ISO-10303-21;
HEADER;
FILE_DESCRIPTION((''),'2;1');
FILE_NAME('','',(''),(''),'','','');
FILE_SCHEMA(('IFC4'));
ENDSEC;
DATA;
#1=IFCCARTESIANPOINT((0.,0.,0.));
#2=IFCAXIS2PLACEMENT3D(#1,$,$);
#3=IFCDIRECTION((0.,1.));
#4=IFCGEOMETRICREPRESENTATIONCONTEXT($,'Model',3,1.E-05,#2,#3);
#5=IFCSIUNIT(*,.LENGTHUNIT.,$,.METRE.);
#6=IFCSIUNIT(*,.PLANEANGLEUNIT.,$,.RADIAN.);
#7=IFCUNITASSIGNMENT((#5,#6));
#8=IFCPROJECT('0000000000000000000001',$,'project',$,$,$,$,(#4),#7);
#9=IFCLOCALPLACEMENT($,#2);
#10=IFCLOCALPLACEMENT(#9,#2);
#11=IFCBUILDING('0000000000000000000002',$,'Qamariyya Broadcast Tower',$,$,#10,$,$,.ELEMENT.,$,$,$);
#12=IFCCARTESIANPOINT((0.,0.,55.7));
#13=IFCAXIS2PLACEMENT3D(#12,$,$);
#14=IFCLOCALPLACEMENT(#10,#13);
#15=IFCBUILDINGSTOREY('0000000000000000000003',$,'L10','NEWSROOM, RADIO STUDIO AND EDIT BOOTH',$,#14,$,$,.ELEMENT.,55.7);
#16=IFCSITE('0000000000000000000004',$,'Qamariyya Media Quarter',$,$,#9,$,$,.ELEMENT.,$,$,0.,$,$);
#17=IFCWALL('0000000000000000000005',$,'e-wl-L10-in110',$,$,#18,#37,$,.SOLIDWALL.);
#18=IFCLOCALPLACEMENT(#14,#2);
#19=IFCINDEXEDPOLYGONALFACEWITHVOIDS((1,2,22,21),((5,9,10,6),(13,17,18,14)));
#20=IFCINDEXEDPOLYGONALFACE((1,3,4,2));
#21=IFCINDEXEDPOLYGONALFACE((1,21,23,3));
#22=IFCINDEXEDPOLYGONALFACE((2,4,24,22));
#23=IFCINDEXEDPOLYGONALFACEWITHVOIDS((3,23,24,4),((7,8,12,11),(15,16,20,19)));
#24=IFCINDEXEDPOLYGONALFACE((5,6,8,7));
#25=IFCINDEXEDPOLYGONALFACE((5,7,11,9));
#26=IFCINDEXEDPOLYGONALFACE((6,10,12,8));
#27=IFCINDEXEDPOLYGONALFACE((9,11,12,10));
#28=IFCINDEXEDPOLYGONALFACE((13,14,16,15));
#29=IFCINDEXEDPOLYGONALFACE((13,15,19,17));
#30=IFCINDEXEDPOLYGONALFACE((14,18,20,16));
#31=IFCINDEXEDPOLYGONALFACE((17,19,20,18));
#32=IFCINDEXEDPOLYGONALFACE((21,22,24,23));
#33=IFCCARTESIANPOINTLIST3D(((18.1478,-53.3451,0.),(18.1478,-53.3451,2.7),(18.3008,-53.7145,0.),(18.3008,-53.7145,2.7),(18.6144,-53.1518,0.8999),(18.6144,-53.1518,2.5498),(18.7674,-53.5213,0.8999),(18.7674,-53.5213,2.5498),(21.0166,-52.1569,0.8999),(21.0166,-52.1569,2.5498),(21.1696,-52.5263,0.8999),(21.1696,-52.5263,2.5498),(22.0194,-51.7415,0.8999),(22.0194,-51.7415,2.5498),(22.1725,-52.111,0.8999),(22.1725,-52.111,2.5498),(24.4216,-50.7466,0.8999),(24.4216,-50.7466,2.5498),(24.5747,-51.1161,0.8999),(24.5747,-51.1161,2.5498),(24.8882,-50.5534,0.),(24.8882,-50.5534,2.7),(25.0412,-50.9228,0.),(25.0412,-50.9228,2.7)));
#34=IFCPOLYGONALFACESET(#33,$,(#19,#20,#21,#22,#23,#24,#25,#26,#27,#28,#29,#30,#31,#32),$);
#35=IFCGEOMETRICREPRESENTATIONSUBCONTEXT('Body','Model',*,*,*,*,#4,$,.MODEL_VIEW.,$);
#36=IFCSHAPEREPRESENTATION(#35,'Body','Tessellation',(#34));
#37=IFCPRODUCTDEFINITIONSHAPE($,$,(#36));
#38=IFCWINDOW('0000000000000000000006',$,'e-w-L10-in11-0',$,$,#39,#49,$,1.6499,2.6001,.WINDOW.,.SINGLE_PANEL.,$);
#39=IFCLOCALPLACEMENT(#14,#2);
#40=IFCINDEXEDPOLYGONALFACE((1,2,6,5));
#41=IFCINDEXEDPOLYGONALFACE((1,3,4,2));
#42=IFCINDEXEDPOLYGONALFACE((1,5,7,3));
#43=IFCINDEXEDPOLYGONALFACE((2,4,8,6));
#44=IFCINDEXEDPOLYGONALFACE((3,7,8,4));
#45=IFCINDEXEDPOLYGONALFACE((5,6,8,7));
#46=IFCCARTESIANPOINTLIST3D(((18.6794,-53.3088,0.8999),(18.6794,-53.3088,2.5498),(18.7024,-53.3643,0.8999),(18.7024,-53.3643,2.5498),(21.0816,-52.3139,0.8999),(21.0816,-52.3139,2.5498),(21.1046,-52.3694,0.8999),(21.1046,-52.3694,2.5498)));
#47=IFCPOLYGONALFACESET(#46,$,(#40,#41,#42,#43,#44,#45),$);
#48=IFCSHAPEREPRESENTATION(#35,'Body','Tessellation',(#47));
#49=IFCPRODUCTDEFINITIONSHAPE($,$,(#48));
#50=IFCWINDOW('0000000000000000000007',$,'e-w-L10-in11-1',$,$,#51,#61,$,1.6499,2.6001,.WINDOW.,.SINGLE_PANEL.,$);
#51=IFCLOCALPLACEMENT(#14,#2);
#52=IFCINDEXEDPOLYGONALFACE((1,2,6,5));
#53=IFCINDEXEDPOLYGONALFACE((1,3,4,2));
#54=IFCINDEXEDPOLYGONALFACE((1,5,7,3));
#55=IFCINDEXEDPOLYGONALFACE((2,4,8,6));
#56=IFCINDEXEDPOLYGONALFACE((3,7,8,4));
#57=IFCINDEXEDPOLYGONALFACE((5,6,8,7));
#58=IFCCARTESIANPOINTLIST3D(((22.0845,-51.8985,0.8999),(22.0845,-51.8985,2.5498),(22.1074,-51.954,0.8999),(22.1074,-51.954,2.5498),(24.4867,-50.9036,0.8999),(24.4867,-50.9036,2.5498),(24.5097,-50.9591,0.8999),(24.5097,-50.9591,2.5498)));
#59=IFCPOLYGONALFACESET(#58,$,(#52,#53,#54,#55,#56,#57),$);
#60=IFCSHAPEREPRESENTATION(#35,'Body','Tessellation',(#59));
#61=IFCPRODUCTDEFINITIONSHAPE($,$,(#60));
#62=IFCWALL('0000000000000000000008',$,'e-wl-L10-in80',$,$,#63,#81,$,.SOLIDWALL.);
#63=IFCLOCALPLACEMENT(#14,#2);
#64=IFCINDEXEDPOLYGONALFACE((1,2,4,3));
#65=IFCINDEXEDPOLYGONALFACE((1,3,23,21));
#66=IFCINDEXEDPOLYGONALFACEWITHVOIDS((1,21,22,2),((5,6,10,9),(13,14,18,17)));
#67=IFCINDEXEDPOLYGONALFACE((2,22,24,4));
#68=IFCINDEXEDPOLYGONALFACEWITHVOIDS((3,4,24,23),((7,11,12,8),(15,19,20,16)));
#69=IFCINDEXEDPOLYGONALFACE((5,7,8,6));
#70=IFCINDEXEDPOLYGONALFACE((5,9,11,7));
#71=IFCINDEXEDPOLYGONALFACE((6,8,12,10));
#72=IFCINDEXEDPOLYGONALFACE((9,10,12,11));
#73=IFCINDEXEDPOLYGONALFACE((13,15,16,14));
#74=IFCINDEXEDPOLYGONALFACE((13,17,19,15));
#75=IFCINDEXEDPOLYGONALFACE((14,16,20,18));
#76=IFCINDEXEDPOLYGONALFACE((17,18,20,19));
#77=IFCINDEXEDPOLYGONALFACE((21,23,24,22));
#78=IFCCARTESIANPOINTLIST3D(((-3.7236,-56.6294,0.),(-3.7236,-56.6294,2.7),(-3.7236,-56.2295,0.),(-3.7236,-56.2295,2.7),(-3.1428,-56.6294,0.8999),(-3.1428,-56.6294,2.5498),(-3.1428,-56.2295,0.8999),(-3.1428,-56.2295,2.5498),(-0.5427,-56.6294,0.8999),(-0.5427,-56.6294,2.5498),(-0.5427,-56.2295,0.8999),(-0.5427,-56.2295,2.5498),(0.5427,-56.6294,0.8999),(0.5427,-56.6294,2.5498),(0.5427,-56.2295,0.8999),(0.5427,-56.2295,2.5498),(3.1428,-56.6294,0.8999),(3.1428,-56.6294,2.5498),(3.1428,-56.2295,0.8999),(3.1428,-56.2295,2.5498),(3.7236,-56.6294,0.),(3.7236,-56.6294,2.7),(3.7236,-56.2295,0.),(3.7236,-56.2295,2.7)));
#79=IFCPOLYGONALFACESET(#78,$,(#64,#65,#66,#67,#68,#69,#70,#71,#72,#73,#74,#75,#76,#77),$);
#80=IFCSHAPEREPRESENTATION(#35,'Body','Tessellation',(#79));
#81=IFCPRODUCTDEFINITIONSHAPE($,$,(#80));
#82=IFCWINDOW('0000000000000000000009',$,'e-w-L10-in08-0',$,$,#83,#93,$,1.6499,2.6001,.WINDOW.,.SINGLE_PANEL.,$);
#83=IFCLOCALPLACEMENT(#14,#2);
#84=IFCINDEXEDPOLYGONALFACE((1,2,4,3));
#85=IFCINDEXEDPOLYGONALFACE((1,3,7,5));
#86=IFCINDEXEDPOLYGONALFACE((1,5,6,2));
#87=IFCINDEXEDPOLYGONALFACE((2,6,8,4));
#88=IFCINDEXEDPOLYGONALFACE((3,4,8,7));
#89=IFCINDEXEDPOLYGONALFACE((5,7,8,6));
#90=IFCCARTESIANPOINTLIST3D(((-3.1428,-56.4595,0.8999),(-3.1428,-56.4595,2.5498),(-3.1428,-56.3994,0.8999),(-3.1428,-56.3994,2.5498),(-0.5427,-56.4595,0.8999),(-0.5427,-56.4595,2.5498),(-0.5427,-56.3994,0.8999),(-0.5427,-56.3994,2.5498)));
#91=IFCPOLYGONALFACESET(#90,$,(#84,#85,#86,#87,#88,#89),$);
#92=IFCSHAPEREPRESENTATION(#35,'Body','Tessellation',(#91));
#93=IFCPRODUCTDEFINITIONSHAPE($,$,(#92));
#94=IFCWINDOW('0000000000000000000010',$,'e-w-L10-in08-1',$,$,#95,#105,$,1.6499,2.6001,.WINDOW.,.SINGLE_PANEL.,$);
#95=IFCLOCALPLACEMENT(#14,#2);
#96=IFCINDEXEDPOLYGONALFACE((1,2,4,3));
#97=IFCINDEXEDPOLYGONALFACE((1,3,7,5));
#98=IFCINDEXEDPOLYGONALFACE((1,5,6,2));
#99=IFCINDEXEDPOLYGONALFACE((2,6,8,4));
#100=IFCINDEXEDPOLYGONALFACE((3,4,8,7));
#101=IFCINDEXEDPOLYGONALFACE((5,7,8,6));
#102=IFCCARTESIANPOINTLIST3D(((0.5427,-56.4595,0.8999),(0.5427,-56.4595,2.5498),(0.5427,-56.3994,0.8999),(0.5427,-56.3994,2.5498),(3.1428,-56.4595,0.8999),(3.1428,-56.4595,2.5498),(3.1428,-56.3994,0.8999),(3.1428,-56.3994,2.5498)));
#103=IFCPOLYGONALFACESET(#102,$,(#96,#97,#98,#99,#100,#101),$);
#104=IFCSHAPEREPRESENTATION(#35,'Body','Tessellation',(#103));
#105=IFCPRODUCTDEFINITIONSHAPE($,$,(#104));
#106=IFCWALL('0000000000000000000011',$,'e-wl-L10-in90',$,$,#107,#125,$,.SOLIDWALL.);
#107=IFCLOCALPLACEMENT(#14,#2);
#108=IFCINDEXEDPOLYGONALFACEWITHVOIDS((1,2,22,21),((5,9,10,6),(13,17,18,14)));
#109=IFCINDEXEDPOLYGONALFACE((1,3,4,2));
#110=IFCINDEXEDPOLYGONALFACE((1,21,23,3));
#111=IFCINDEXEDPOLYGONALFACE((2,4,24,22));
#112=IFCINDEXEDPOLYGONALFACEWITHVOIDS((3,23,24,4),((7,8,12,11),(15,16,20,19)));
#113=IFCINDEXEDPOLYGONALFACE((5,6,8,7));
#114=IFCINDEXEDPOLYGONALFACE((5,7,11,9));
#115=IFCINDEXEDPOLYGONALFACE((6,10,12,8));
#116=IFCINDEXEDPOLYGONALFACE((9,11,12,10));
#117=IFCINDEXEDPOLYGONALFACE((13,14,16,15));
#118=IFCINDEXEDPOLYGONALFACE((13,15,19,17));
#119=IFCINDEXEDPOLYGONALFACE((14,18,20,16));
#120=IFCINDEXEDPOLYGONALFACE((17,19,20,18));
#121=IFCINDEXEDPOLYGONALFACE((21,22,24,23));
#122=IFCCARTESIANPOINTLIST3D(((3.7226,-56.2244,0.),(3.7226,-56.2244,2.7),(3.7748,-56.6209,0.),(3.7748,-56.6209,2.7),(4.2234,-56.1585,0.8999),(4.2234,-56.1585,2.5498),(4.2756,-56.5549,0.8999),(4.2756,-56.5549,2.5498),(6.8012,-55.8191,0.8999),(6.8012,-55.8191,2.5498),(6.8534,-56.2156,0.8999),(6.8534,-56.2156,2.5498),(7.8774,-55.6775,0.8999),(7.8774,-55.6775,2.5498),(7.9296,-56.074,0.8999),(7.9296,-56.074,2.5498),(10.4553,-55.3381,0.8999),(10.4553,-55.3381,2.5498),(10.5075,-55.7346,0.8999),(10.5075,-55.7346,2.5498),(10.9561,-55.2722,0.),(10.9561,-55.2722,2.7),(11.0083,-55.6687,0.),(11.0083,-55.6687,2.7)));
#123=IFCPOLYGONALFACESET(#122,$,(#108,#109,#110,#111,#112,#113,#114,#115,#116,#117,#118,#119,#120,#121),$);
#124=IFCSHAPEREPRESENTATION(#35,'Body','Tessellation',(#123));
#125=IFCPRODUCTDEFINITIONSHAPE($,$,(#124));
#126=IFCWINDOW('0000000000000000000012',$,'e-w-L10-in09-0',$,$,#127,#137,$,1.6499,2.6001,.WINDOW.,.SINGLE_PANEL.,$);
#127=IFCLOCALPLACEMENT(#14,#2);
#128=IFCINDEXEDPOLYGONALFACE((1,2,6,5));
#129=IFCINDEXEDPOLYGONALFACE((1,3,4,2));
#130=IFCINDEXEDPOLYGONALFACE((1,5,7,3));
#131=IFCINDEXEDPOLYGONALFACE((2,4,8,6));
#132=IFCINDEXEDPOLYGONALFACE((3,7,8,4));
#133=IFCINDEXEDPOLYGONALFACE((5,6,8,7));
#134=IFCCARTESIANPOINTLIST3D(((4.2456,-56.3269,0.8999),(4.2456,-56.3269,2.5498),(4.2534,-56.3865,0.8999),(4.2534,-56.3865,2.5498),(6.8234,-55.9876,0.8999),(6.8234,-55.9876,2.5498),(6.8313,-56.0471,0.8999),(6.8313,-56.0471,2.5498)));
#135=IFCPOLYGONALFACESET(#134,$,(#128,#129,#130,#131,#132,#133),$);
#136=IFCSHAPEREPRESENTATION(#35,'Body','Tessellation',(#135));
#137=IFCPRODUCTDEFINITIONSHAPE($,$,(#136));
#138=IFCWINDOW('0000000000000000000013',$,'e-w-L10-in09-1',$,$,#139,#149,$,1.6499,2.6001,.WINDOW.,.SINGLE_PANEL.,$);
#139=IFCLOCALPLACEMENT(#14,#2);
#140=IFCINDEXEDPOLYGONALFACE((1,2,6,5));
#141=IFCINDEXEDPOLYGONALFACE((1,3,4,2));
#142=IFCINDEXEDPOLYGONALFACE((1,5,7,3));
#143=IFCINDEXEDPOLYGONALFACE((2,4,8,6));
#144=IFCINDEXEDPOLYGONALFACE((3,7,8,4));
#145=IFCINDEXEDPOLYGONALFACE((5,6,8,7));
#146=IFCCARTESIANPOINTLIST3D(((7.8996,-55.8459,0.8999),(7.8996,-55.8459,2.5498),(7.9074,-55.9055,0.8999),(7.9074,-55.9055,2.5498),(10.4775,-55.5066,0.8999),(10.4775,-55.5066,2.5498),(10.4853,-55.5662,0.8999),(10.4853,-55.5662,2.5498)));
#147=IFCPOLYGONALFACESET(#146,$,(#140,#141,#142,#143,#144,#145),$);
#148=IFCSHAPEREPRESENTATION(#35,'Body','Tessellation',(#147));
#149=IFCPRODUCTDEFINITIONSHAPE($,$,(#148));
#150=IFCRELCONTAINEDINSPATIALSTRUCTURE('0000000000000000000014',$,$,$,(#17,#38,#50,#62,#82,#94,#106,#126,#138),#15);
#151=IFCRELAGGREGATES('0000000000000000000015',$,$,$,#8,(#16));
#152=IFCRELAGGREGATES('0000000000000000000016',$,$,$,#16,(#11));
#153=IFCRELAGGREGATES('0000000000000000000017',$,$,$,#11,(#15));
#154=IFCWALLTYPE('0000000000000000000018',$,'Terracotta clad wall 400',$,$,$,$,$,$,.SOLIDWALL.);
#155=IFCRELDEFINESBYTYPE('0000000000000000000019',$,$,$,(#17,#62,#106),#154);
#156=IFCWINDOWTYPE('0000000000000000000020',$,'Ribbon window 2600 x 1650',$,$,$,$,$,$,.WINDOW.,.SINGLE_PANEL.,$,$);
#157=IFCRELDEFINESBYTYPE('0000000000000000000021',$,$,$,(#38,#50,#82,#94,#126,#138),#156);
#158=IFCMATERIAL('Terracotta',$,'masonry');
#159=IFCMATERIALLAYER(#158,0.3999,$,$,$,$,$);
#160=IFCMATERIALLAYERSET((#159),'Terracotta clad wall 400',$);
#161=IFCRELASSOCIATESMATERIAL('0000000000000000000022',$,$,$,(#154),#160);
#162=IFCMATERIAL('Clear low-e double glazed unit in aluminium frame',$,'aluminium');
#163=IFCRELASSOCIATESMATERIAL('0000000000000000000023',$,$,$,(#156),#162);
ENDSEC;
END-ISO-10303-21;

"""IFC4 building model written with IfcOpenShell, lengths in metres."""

from ifc_helpers import new_model, si_unit, direction, frame, frame_2d, origin, place, context, subcontext, project, spatial, rectangle, extrude, material, layer, layer_set, type_object, element, fill, save


model = new_model("IFC4")

# Units and contexts
model_context = context("Model", 3, precision=1e-05, world=origin(), true_north=direction((0.0, 1.0)))
body_context = subcontext(model_context, "Body", "Model", "MODEL_VIEW")
ifc_project = project(units=[si_unit("LENGTHUNIT", "METRE"), si_unit("PLANEANGLEUNIT", "RADIAN")], contexts=[model_context])

# Site, building, storey
site_placement = place(None, origin())
site = spatial("IfcSite", under=ifc_project, at=site_placement, Name="Qamariyya Media Quarter", CompositionType="ELEMENT", RefElevation=0.0)
building_placement = place(site_placement, origin())
building = spatial("IfcBuilding", under=site, at=building_placement, Name="Qamariyya Broadcast Tower", CompositionType="ELEMENT")
storey_placement = place(building_placement, frame((0.0, 0.0, 55.7)))
storey = spatial("IfcBuildingStorey", under=building, at=storey_placement, Name="L10", Description="NEWSROOM, RADIO STUDIO AND EDIT BOOTH", CompositionType="ELEMENT", Elevation=55.7)

# Walls, openings, windows
ifc_material_1 = material(Name="Terracotta", Category="masonry")
ifc_layer_1 = layer(ifc_material_1, 0.3999)
ifc_layer_set_1 = layer_set([ifc_layer_1], Name="Terracotta clad wall 400")
wall_type_1 = type_object("IfcWallType", Name="Terracotta clad wall 400", PredefinedType="SOLIDWALL", material=ifc_layer_set_1)
ifc_material_2 = material(Name="Clear low-e double glazed unit in aluminium frame", Category="aluminium")
window_type = type_object("IfcWindowType", Name="Ribbon window 2600 x 1650", PartitioningType="SINGLE_PANEL", PredefinedType="WINDOW", material=ifc_material_2)
wall_1_placement = place(storey_placement, frame((24.9648, -50.738, 0.0), z_axis=(0.0, 0.0, 1.0), x_axis=(-0.923892, -0.382654, 0.0)))
wall_1 = element("IfcWall", 1, at=wall_1_placement, inside=storey, type_object=wall_type_1, Name="e-wl-L10-in110", PredefinedType="SOLIDWALL", context=body_context, shape_type="SweptSolid", body=[
    extrude(rectangle(XDim=7.2957, YDim=0.3999, at=frame_2d((3.6479, 0.0))), origin(), (0.0, 0.0, 1.0), 2.7),
])
opening_1_placement = place(wall_1_placement, frame((4.1907, 0.0, 0.8999)))
opening_1 = element("IfcOpeningElement", 2, at=opening_1_placement, cuts=wall_1, PredefinedType="OPENING", context=body_context, shape_type="SweptSolid", body=[
    extrude(rectangle(XDim=2.6001, YDim=1.6499, at=frame_2d((1.3, 0.825))), frame((0.0, 0.21, 0.0), z_axis=(0.0, -1.0, 0.0), x_axis=(1.0, 0.0, 0.0)), (0.0, 0.0, 1.0), 0.4199),
])
opening_2_placement = place(wall_1_placement, frame((0.5051, 0.0, 0.8999)))
opening_2 = element("IfcOpeningElement", 3, at=opening_2_placement, cuts=wall_1, PredefinedType="OPENING", context=body_context, shape_type="SweptSolid", body=[
    extrude(rectangle(XDim=2.6001, YDim=1.6499, at=frame_2d((1.3, 0.825))), frame((0.0, 0.21, 0.0), z_axis=(0.0, -1.0, 0.0), x_axis=(1.0, 0.0, 0.0)), (0.0, 0.0, 1.0), 0.4199),
])
window_1_placement = place(opening_1_placement, origin())
window_1 = element("IfcWindow", 4, at=window_1_placement, inside=storey, type_object=window_type, Name="e-w-L10-in11-0", OverallHeight=1.6499, OverallWidth=2.6001, PartitioningType="SINGLE_PANEL", PredefinedType="WINDOW", context=body_context, shape_type="SweptSolid", body=[
    extrude(rectangle(XDim=2.6001, YDim=1.6499, at=frame_2d((1.3, 0.825))), frame((0.0, 0.03, 0.0), z_axis=(0.0, -1.0, 0.0), x_axis=(1.0, 0.0, 0.0)), (0.0, 0.0, 1.0), 0.0601),
])
fill(opening_1, window_1)
window_2_placement = place(opening_2_placement, origin())
window_2 = element("IfcWindow", 5, at=window_2_placement, inside=storey, type_object=window_type, Name="e-w-L10-in11-1", OverallHeight=1.6499, OverallWidth=2.6001, PartitioningType="SINGLE_PANEL", PredefinedType="WINDOW", context=body_context, shape_type="SweptSolid", body=[
    extrude(rectangle(XDim=2.6001, YDim=1.6499, at=frame_2d((1.3, 0.825))), frame((0.0, 0.03, 0.0), z_axis=(0.0, -1.0, 0.0), x_axis=(1.0, 0.0, 0.0)), (0.0, 0.0, 1.0), 0.0601),
])
fill(opening_2, window_2)
wall_2_placement = place(storey_placement, frame((3.7236, -56.4294, 0.0), z_axis=(0.0, 0.0, 1.0), x_axis=(-1.0, 0.0, 0.0)))
wall_2 = element("IfcWall", 6, at=wall_2_placement, inside=storey, type_object=wall_type_1, Name="e-wl-L10-in80", PredefinedType="SOLIDWALL", context=body_context, shape_type="SweptSolid", body=[
    extrude(rectangle(XDim=7.4473, YDim=0.3999, at=frame_2d((3.7236, 0.0))), origin(), (0.0, 0.0, 1.0), 2.7),
])
opening_3_placement = place(wall_2_placement, frame((4.2664, 0.0, 0.8999)))
opening_3 = element("IfcOpeningElement", 7, at=opening_3_placement, cuts=wall_2, PredefinedType="OPENING", context=body_context, shape_type="SweptSolid", body=[
    extrude(rectangle(XDim=2.6001, YDim=1.6499, at=frame_2d((1.3, 0.825))), frame((0.0, 0.21, 0.0), z_axis=(0.0, -1.0, 0.0), x_axis=(1.0, 0.0, 0.0)), (0.0, 0.0, 1.0), 0.4199),
])
opening_4_placement = place(wall_2_placement, frame((0.5808, 0.0, 0.8999)))
opening_4 = element("IfcOpeningElement", 8, at=opening_4_placement, cuts=wall_2, PredefinedType="OPENING", context=body_context, shape_type="SweptSolid", body=[
    extrude(rectangle(XDim=2.6001, YDim=1.6499, at=frame_2d((1.3, 0.825))), frame((0.0, 0.21, 0.0), z_axis=(0.0, -1.0, 0.0), x_axis=(1.0, 0.0, 0.0)), (0.0, 0.0, 1.0), 0.4199),
])
window_3_placement = place(opening_3_placement, origin())
window_3 = element("IfcWindow", 9, at=window_3_placement, inside=storey, type_object=window_type, Name="e-w-L10-in08-0", OverallHeight=1.6499, OverallWidth=2.6001, PartitioningType="SINGLE_PANEL", PredefinedType="WINDOW", context=body_context, shape_type="SweptSolid", body=[
    extrude(rectangle(XDim=2.6001, YDim=1.6499, at=frame_2d((1.3, 0.825))), frame((0.0, 0.03, 0.0), z_axis=(0.0, -1.0, 0.0), x_axis=(1.0, 0.0, 0.0)), (0.0, 0.0, 1.0), 0.0601),
])
fill(opening_3, window_3)
window_4_placement = place(opening_4_placement, origin())
window_4 = element("IfcWindow", 10, at=window_4_placement, inside=storey, type_object=window_type, Name="e-w-L10-in08-1", OverallHeight=1.6499, OverallWidth=2.6001, PartitioningType="SINGLE_PANEL", PredefinedType="WINDOW", context=body_context, shape_type="SweptSolid", body=[
    extrude(rectangle(XDim=2.6001, YDim=1.6499, at=frame_2d((1.3, 0.825))), frame((0.0, 0.03, 0.0), z_axis=(0.0, -1.0, 0.0), x_axis=(1.0, 0.0, 0.0)), (0.0, 0.0, 1.0), 0.0601),
])
fill(opening_4, window_4)
wall_3_placement = place(storey_placement, frame((10.9822, -55.4705, 0.0), z_axis=(0.0, 0.0, 1.0), x_axis=(-0.991447, -0.130506, 0.0)))
wall_3 = element("IfcWall", 11, at=wall_3_placement, inside=storey, type_object=wall_type_1, Name="e-wl-L10-in90", PredefinedType="SOLIDWALL", context=body_context, shape_type="SweptSolid", body=[
    extrude(rectangle(XDim=7.2959, YDim=0.3999, at=frame_2d((3.6479, 0.0))), origin(), (0.0, 0.0, 1.0), 2.7),
])
opening_5_placement = place(wall_3_placement, frame((4.1907, 0.0, 0.8999)))
opening_5 = element("IfcOpeningElement", 12, at=opening_5_placement, cuts=wall_3, PredefinedType="OPENING", context=body_context, shape_type="SweptSolid", body=[
    extrude(rectangle(XDim=2.6001, YDim=1.6499, at=frame_2d((1.3, 0.825))), frame((0.0, 0.21, 0.0), z_axis=(0.0, -1.0, 0.0), x_axis=(1.0, 0.0, 0.0)), (0.0, 0.0, 1.0), 0.4199),
])
opening_6_placement = place(wall_3_placement, frame((0.5051, 0.0, 0.8999)))
opening_6 = element("IfcOpeningElement", 13, at=opening_6_placement, cuts=wall_3, PredefinedType="OPENING", context=body_context, shape_type="SweptSolid", body=[
    extrude(rectangle(XDim=2.6001, YDim=1.6499, at=frame_2d((1.3, 0.825))), frame((0.0, 0.21, 0.0), z_axis=(0.0, -1.0, 0.0), x_axis=(1.0, 0.0, 0.0)), (0.0, 0.0, 1.0), 0.4199),
])
window_5_placement = place(opening_5_placement, origin())
window_5 = element("IfcWindow", 14, at=window_5_placement, inside=storey, type_object=window_type, Name="e-w-L10-in09-0", OverallHeight=1.6499, OverallWidth=2.6001, PartitioningType="SINGLE_PANEL", PredefinedType="WINDOW", context=body_context, shape_type="SweptSolid", body=[
    extrude(rectangle(XDim=2.6001, YDim=1.6499, at=frame_2d((1.3, 0.825))), frame((0.0, 0.03, 0.0), z_axis=(0.0, -1.0, 0.0), x_axis=(1.0, 0.0, 0.0)), (0.0, 0.0, 1.0), 0.0601),
])
fill(opening_5, window_5)
window_6_placement = place(opening_6_placement, origin())
window_6 = element("IfcWindow", 15, at=window_6_placement, inside=storey, type_object=window_type, Name="e-w-L10-in09-1", OverallHeight=1.6499, OverallWidth=2.6001, PartitioningType="SINGLE_PANEL", PredefinedType="WINDOW", context=body_context, shape_type="SweptSolid", body=[
    extrude(rectangle(XDim=2.6001, YDim=1.6499, at=frame_2d((1.3, 0.825))), frame((0.0, 0.03, 0.0), z_axis=(0.0, -1.0, 0.0), x_axis=(1.0, 0.0, 0.0)), (0.0, 0.0, 1.0), 0.0601),
])
fill(opening_6, window_6)

save(model, "model.ifc")
